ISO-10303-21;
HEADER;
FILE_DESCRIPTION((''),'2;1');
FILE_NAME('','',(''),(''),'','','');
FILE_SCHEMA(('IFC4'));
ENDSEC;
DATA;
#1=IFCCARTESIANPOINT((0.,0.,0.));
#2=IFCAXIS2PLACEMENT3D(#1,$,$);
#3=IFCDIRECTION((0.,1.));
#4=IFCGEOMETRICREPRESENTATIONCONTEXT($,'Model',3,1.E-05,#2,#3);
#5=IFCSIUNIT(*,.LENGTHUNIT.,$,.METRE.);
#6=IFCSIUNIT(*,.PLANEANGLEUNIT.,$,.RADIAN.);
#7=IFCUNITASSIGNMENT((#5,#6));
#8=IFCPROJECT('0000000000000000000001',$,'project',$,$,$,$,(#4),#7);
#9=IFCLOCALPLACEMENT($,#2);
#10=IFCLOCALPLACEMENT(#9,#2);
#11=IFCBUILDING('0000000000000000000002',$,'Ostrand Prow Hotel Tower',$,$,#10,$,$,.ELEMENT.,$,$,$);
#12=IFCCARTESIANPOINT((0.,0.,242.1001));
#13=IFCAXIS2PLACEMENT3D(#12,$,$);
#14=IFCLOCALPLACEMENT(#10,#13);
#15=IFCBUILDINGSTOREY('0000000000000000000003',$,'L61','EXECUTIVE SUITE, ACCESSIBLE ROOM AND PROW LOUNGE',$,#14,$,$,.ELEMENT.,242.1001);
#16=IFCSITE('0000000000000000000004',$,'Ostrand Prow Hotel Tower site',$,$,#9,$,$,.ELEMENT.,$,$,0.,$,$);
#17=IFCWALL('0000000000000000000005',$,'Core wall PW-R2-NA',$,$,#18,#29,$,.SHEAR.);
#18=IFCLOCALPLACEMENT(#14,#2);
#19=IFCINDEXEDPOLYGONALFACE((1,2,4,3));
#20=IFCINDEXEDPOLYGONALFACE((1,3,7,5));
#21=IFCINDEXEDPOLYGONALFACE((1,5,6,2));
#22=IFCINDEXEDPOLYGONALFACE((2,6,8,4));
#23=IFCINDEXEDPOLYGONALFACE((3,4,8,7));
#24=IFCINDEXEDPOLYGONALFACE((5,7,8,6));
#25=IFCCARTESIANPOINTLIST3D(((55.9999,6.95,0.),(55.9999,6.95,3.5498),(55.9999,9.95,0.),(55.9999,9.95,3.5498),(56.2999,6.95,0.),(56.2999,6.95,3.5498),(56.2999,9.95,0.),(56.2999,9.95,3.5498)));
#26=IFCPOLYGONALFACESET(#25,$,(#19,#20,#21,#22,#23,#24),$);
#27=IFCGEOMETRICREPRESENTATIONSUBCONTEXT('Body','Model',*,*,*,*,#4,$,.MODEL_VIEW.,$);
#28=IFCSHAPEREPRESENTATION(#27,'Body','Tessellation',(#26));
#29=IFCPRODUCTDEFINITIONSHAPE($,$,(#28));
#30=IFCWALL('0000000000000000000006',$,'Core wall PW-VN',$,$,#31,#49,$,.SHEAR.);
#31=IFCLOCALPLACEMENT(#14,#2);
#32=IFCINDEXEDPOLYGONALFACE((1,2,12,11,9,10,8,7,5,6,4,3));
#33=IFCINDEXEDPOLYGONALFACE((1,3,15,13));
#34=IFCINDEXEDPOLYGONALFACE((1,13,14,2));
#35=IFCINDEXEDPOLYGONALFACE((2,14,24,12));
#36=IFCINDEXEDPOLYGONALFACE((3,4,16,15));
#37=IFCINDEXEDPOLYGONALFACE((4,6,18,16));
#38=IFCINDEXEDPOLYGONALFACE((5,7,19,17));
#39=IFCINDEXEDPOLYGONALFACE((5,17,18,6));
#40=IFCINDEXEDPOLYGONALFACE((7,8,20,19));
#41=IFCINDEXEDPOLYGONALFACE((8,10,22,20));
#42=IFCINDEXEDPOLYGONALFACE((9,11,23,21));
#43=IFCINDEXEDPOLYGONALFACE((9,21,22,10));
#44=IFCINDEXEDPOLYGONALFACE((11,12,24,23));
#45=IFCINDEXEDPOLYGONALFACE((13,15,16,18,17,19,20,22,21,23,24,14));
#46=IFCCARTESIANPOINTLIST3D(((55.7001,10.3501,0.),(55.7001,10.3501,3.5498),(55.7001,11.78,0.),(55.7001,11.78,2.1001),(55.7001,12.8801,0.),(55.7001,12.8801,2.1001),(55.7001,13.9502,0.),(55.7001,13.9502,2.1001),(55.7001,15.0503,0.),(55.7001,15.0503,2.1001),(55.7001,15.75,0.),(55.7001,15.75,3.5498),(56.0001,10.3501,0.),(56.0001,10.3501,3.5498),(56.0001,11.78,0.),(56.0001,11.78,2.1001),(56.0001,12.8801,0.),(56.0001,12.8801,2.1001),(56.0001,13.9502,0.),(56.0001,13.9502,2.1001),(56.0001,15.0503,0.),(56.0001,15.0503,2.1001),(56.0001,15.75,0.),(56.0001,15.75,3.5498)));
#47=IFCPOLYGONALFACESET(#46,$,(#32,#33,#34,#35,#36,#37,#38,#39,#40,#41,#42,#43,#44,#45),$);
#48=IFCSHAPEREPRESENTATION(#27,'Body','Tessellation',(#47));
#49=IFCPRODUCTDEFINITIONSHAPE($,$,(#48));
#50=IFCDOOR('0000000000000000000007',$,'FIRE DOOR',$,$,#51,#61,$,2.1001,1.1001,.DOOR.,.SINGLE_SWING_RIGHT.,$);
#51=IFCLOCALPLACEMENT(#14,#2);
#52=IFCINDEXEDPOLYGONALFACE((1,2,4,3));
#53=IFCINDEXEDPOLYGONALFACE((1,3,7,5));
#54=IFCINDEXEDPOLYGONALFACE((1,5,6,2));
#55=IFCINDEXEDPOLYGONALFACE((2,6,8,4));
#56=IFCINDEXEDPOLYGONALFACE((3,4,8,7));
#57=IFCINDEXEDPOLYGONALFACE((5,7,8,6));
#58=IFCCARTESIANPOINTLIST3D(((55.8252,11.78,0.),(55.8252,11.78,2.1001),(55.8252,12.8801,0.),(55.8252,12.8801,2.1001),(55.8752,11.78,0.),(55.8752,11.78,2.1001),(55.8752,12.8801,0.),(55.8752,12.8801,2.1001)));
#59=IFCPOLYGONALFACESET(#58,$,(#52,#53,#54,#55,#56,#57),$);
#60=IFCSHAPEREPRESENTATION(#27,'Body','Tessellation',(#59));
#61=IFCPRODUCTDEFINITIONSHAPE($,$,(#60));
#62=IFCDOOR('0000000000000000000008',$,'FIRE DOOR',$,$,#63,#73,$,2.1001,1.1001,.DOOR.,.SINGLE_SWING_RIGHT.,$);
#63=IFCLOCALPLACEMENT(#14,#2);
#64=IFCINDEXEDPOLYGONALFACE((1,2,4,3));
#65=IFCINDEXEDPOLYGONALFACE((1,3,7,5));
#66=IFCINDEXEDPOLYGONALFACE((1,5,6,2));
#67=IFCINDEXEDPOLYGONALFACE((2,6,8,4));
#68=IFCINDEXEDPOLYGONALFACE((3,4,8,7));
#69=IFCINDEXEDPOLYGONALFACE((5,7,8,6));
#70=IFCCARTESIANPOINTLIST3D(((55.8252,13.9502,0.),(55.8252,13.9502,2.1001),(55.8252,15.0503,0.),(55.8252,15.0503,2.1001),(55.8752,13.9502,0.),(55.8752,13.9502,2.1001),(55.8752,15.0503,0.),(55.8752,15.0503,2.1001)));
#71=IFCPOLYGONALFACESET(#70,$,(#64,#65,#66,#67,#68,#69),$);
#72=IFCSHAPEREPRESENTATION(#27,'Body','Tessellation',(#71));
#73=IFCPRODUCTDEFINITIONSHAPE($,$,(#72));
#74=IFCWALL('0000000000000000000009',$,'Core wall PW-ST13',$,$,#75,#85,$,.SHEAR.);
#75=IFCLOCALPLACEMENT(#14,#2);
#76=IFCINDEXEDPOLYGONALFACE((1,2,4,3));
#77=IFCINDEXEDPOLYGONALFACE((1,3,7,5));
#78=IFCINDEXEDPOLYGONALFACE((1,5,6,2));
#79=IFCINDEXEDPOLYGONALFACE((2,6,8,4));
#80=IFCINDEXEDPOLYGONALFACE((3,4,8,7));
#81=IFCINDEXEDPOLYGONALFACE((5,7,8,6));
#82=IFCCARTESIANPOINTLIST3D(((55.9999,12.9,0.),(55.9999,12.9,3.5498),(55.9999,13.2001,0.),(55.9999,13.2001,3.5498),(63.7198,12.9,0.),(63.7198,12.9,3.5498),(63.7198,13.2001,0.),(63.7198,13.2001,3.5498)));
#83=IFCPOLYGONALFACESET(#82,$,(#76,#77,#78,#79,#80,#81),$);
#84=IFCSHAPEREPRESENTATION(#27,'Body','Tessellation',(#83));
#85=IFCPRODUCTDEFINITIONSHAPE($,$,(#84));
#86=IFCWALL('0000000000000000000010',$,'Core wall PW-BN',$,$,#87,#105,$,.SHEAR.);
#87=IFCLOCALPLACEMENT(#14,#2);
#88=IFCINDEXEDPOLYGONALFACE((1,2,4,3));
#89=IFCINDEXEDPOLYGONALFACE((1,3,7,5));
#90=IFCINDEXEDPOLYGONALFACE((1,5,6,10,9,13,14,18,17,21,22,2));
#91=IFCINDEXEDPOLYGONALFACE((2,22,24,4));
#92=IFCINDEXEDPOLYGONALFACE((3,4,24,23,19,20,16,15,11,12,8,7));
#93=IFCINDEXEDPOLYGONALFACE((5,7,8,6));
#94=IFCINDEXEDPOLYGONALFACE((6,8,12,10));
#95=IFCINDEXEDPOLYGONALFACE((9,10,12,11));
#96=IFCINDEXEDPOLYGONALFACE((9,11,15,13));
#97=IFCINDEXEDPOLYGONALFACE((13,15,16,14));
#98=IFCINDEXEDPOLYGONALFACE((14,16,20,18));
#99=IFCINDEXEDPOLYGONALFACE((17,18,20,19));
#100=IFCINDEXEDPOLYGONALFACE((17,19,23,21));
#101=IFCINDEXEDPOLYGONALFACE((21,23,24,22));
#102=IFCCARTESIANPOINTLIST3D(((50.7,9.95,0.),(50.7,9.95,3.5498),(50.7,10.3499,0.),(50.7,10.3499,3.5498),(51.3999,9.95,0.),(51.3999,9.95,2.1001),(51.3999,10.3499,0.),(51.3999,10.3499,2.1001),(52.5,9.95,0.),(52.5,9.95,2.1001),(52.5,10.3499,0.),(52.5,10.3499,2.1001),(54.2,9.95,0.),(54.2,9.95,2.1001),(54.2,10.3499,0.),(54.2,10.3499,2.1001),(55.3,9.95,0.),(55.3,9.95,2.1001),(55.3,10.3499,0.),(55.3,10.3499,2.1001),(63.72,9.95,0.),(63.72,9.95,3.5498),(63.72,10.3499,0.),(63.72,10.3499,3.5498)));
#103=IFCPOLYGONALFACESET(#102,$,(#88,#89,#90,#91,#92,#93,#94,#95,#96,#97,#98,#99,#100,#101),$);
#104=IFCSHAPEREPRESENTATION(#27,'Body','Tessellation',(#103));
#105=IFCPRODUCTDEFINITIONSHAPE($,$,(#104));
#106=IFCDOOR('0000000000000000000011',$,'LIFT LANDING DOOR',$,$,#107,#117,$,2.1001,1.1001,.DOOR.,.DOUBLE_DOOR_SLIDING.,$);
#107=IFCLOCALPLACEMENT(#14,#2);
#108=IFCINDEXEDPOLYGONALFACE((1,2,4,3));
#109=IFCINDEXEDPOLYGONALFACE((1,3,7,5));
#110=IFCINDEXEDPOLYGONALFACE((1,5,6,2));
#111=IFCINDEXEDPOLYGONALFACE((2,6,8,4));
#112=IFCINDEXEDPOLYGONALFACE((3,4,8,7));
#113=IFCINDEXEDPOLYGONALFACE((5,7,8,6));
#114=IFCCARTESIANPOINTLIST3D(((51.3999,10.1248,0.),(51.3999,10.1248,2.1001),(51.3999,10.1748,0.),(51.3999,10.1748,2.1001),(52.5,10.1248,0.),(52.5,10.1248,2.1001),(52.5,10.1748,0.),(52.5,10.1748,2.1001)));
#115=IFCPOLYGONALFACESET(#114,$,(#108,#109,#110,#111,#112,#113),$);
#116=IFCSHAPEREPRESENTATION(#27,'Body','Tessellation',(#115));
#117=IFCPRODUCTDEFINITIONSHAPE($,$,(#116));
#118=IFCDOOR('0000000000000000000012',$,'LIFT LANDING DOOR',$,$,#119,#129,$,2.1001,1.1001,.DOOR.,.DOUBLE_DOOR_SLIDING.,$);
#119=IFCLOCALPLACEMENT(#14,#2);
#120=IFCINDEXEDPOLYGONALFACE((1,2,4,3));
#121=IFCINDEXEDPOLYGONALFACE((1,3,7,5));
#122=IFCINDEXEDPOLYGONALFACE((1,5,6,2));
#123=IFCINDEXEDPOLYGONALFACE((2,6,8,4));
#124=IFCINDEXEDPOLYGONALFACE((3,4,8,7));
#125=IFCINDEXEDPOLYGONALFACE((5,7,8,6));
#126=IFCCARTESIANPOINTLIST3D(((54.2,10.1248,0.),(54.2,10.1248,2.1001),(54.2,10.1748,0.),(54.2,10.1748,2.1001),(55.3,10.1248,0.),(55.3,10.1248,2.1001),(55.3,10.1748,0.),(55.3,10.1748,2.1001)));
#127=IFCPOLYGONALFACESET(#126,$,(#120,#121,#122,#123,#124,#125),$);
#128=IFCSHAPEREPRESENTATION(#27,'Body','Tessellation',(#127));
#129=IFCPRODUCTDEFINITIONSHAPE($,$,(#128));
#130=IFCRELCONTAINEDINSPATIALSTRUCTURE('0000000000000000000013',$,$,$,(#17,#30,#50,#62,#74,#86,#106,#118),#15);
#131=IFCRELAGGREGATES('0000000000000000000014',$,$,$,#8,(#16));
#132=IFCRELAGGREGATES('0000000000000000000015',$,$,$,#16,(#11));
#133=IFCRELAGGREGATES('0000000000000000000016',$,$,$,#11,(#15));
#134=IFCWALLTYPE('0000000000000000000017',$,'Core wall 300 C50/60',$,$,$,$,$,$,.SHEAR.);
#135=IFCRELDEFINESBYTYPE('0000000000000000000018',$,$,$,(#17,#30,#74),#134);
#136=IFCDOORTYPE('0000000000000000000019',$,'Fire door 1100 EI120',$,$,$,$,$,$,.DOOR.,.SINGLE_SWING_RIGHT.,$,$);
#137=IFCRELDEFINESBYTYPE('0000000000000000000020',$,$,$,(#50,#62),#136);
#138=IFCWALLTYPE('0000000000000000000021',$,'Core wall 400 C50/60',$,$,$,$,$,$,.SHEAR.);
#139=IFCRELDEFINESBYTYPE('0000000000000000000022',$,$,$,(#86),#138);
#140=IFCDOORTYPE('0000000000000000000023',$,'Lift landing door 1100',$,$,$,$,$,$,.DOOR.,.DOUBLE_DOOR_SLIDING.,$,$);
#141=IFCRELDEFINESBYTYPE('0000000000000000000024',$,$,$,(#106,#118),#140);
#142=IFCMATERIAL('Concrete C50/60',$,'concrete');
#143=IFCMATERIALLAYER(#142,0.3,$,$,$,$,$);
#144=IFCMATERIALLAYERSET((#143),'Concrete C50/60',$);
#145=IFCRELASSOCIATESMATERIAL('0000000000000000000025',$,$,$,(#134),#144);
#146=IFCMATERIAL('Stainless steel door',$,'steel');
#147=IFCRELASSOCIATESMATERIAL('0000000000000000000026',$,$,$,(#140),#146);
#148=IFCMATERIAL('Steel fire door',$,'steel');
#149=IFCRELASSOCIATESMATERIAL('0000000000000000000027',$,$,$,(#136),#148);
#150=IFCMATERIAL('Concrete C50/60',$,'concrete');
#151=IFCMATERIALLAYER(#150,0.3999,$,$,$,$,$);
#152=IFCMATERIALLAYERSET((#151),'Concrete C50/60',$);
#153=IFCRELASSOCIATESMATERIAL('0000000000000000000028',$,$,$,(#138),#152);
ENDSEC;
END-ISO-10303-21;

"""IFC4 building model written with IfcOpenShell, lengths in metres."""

from ifc_helpers import new_model, si_unit, direction, frame, frame_2d, origin, place, context, subcontext, project, spatial, rectangle, extrude, material, layer, layer_set, type_object, element, fill, save


model = new_model("IFC4")

# Units and contexts
model_context = context("Model", 3, precision=1e-05, world=origin(), true_north=direction((0.0, 1.0)))
body_context = subcontext(model_context, "Body", "Model", "MODEL_VIEW")
ifc_project = project(units=[si_unit("LENGTHUNIT", "METRE"), si_unit("PLANEANGLEUNIT", "RADIAN")], contexts=[model_context])

# Site, building, storey
site_placement = place(None, origin())
site = spatial("IfcSite", under=ifc_project, at=site_placement, Name="Ostrand Prow Hotel Tower site", CompositionType="ELEMENT", RefElevation=0.0)
building_placement = place(site_placement, origin())
building = spatial("IfcBuilding", under=site, at=building_placement, Name="Ostrand Prow Hotel Tower", CompositionType="ELEMENT")
storey_placement = place(building_placement, frame((0.0, 0.0, 242.1001)))
storey = spatial("IfcBuildingStorey", under=building, at=storey_placement, Name="L61", Description="EXECUTIVE SUITE, ACCESSIBLE ROOM AND PROW LOUNGE", CompositionType="ELEMENT", Elevation=242.1001)

# Shared definitions
ifc_material_1 = material(Name="Concrete C50/60", Category="concrete")
ifc_layer_1 = layer(ifc_material_1, 0.3)
ifc_layer_set_1 = layer_set([ifc_layer_1], Name="Concrete C50/60")
wall_type_1 = type_object("IfcWallType", Name="Core wall 300 C50/60", PredefinedType="SHEAR", material=ifc_layer_set_1)
ifc_material_2 = material(Name="Stainless steel door", Category="steel")
door_type_1 = type_object("IfcDoorType", Name="Lift landing door 1100", OperationType="DOUBLE_DOOR_SLIDING", PredefinedType="DOOR", material=ifc_material_2)

# Wall
for number, where, z_axis, x_axis, name in (
    (1, (56.1499, 6.95, 0.0), (0.0, 0.0, 1.0), (0.0, 1.0, 0.0), "Core wall PW-R2-NA"),
):
    element("IfcWall", number, at=place(storey_placement, frame(where, z_axis=z_axis, x_axis=x_axis)), inside=storey, type_object=wall_type_1, Name=name, PredefinedType="SHEAR", context=body_context, shape_type="SweptSolid", body=[
        extrude(rectangle(XDim=3.0, YDim=0.3, at=frame_2d((1.5, 0.0))), origin(), (0.0, 0.0, 1.0), 3.5498),
    ])

# Wall, openings, doors
wall_1_placement = place(storey_placement, frame((55.8501, 10.3501, 0.0), z_axis=(0.0, 0.0, 1.0), x_axis=(0.0, 1.0, 0.0)))
wall_1 = element("IfcWall", 2, at=wall_1_placement, inside=storey, type_object=wall_type_1, Name="Core wall PW-VN", PredefinedType="SHEAR", context=body_context, shape_type="SweptSolid", body=[
    extrude(rectangle(XDim=5.3999, YDim=0.3, at=frame_2d((2.7, 0.0))), origin(), (0.0, 0.0, 1.0), 3.5498),
])
opening_1_placement = place(wall_1_placement, frame((1.4299, 0.0, 0.0)))
opening_1 = element("IfcOpeningElement", 3, at=opening_1_placement, cuts=wall_1, PredefinedType="OPENING", context=body_context, shape_type="SweptSolid", body=[
    extrude(rectangle(XDim=1.1001, YDim=2.1001, at=frame_2d((0.55, 1.05))), frame((0.0, 0.1599, 0.0), z_axis=(0.0, -1.0, 0.0), x_axis=(1.0, 0.0, 0.0)), (0.0, 0.0, 1.0), 0.3201),
])
opening_2_placement = place(wall_1_placement, frame((3.6001, 0.0, 0.0)))
opening_2 = element("IfcOpeningElement", 4, at=opening_2_placement, cuts=wall_1, PredefinedType="OPENING", context=body_context, shape_type="SweptSolid", body=[
    extrude(rectangle(XDim=1.1001, YDim=2.1001, at=frame_2d((0.55, 1.05))), frame((0.0, 0.1599, 0.0), z_axis=(0.0, -1.0, 0.0), x_axis=(1.0, 0.0, 0.0)), (0.0, 0.0, 1.0), 0.3201),
])
ifc_material_3 = material(Name="Steel fire door", Category="steel")
door_type_2 = type_object("IfcDoorType", Name="Fire door 1100 EI120", OperationType="SINGLE_SWING_RIGHT", PredefinedType="DOOR", material=ifc_material_3)
door_1_placement = place(opening_1_placement, origin())
door_1 = element("IfcDoor", 5, at=door_1_placement, inside=storey, type_object=door_type_2, Name="FIRE DOOR", OperationType="SINGLE_SWING_RIGHT", OverallHeight=2.1001, OverallWidth=1.1001, PredefinedType="DOOR", context=body_context, shape_type="SweptSolid", body=[
    extrude(rectangle(XDim=1.1001, YDim=2.1001, at=frame_2d((0.55, 1.05))), frame((0.0, 0.0249, 0.0), z_axis=(0.0, -1.0, 0.0), x_axis=(1.0, 0.0, 0.0)), (0.0, 0.0, 1.0), 0.05),
])
fill(opening_1, door_1)
door_2_placement = place(opening_2_placement, origin())
door_2 = element("IfcDoor", 6, at=door_2_placement, inside=storey, type_object=door_type_2, Name="FIRE DOOR", OperationType="SINGLE_SWING_RIGHT", OverallHeight=2.1001, OverallWidth=1.1001, PredefinedType="DOOR", context=body_context, shape_type="SweptSolid", body=[
    extrude(rectangle(XDim=1.1001, YDim=2.1001, at=frame_2d((0.55, 1.05))), frame((0.0, 0.0249, 0.0), z_axis=(0.0, -1.0, 0.0), x_axis=(1.0, 0.0, 0.0)), (0.0, 0.0, 1.0), 0.05),
])
fill(opening_2, door_2)

# Wall
wall_2_placement = place(storey_placement, frame((56.0, 13.05, 0.0), z_axis=(0.0, 0.0, 1.0), x_axis=(1.0, 0.0, 0.0)))
element("IfcWall", 7, at=wall_2_placement, inside=storey, type_object=wall_type_1, Name="Core wall PW-ST13", PredefinedType="SHEAR", context=body_context, shape_type="SweptSolid", body=[
    extrude(rectangle(XDim=7.72, YDim=0.3, at=frame_2d((3.8599, 0.0))), origin(), (0.0, 0.0, 1.0), 3.5498),
])

# Wall, openings, doors
ifc_material_4 = material(Name="Concrete C50/60", Category="concrete")
ifc_layer_2 = layer(ifc_material_4, 0.3999)
ifc_layer_set_2 = layer_set([ifc_layer_2], Name="Concrete C50/60")
wall_type_2 = type_object("IfcWallType", Name="Core wall 400 C50/60", PredefinedType="SHEAR", material=ifc_layer_set_2)
wall_3_placement = place(storey_placement, frame((50.7, 10.1499, 0.0), z_axis=(0.0, 0.0, 1.0), x_axis=(1.0, 0.0, 0.0)))
wall_3 = element("IfcWall", 8, at=wall_3_placement, inside=storey, type_object=wall_type_2, Name="Core wall PW-BN", PredefinedType="SHEAR", context=body_context, shape_type="SweptSolid", body=[
    extrude(rectangle(XDim=13.02, YDim=0.3999, at=frame_2d((6.51, 0.0))), origin(), (0.0, 0.0, 1.0), 3.5498),
])
opening_3_placement = place(wall_3_placement, frame((0.7, 0.0, 0.0)))
opening_3 = element("IfcOpeningElement", 9, at=opening_3_placement, cuts=wall_3, PredefinedType="OPENING", context=body_context, shape_type="SweptSolid", body=[
    extrude(rectangle(XDim=1.1001, YDim=2.1001, at=frame_2d((0.55, 1.05))), frame((0.0, 0.21, 0.0), z_axis=(0.0, -1.0, 0.0), x_axis=(1.0, 0.0, 0.0)), (0.0, 0.0, 1.0), 0.4199),
])
opening_4_placement = place(wall_3_placement, frame((3.5, 0.0, 0.0)))
opening_4 = element("IfcOpeningElement", 10, at=opening_4_placement, cuts=wall_3, PredefinedType="OPENING", context=body_context, shape_type="SweptSolid", body=[
    extrude(rectangle(XDim=1.1001, YDim=2.1001, at=frame_2d((0.55, 1.05))), frame((0.0, 0.21, 0.0), z_axis=(0.0, -1.0, 0.0), x_axis=(1.0, 0.0, 0.0)), (0.0, 0.0, 1.0), 0.4199),
])
door_3_placement = place(opening_3_placement, origin())
door_3 = element("IfcDoor", 11, at=door_3_placement, inside=storey, type_object=door_type_1, Name="LIFT LANDING DOOR", OperationType="DOUBLE_DOOR_SLIDING", OverallHeight=2.1001, OverallWidth=1.1001, PredefinedType="DOOR", context=body_context, shape_type="SweptSolid", body=[
    extrude(rectangle(XDim=1.1001, YDim=2.1001, at=frame_2d((0.55, 1.05))), frame((0.0, 0.0249, 0.0), z_axis=(0.0, -1.0, 0.0), x_axis=(1.0, 0.0, 0.0)), (0.0, 0.0, 1.0), 0.05),
])
fill(opening_3, door_3)
door_4_placement = place(opening_4_placement, origin())
door_4 = element("IfcDoor", 12, at=door_4_placement, inside=storey, type_object=door_type_1, Name="LIFT LANDING DOOR", OperationType="DOUBLE_DOOR_SLIDING", OverallHeight=2.1001, OverallWidth=1.1001, PredefinedType="DOOR", context=body_context, shape_type="SweptSolid", body=[
    extrude(rectangle(XDim=1.1001, YDim=2.1001, at=frame_2d((0.55, 1.05))), frame((0.0, 0.0249, 0.0), z_axis=(0.0, -1.0, 0.0), x_axis=(1.0, 0.0, 0.0)), (0.0, 0.0, 1.0), 0.05),
])
fill(opening_4, door_4)

save(model, "model.ifc")
